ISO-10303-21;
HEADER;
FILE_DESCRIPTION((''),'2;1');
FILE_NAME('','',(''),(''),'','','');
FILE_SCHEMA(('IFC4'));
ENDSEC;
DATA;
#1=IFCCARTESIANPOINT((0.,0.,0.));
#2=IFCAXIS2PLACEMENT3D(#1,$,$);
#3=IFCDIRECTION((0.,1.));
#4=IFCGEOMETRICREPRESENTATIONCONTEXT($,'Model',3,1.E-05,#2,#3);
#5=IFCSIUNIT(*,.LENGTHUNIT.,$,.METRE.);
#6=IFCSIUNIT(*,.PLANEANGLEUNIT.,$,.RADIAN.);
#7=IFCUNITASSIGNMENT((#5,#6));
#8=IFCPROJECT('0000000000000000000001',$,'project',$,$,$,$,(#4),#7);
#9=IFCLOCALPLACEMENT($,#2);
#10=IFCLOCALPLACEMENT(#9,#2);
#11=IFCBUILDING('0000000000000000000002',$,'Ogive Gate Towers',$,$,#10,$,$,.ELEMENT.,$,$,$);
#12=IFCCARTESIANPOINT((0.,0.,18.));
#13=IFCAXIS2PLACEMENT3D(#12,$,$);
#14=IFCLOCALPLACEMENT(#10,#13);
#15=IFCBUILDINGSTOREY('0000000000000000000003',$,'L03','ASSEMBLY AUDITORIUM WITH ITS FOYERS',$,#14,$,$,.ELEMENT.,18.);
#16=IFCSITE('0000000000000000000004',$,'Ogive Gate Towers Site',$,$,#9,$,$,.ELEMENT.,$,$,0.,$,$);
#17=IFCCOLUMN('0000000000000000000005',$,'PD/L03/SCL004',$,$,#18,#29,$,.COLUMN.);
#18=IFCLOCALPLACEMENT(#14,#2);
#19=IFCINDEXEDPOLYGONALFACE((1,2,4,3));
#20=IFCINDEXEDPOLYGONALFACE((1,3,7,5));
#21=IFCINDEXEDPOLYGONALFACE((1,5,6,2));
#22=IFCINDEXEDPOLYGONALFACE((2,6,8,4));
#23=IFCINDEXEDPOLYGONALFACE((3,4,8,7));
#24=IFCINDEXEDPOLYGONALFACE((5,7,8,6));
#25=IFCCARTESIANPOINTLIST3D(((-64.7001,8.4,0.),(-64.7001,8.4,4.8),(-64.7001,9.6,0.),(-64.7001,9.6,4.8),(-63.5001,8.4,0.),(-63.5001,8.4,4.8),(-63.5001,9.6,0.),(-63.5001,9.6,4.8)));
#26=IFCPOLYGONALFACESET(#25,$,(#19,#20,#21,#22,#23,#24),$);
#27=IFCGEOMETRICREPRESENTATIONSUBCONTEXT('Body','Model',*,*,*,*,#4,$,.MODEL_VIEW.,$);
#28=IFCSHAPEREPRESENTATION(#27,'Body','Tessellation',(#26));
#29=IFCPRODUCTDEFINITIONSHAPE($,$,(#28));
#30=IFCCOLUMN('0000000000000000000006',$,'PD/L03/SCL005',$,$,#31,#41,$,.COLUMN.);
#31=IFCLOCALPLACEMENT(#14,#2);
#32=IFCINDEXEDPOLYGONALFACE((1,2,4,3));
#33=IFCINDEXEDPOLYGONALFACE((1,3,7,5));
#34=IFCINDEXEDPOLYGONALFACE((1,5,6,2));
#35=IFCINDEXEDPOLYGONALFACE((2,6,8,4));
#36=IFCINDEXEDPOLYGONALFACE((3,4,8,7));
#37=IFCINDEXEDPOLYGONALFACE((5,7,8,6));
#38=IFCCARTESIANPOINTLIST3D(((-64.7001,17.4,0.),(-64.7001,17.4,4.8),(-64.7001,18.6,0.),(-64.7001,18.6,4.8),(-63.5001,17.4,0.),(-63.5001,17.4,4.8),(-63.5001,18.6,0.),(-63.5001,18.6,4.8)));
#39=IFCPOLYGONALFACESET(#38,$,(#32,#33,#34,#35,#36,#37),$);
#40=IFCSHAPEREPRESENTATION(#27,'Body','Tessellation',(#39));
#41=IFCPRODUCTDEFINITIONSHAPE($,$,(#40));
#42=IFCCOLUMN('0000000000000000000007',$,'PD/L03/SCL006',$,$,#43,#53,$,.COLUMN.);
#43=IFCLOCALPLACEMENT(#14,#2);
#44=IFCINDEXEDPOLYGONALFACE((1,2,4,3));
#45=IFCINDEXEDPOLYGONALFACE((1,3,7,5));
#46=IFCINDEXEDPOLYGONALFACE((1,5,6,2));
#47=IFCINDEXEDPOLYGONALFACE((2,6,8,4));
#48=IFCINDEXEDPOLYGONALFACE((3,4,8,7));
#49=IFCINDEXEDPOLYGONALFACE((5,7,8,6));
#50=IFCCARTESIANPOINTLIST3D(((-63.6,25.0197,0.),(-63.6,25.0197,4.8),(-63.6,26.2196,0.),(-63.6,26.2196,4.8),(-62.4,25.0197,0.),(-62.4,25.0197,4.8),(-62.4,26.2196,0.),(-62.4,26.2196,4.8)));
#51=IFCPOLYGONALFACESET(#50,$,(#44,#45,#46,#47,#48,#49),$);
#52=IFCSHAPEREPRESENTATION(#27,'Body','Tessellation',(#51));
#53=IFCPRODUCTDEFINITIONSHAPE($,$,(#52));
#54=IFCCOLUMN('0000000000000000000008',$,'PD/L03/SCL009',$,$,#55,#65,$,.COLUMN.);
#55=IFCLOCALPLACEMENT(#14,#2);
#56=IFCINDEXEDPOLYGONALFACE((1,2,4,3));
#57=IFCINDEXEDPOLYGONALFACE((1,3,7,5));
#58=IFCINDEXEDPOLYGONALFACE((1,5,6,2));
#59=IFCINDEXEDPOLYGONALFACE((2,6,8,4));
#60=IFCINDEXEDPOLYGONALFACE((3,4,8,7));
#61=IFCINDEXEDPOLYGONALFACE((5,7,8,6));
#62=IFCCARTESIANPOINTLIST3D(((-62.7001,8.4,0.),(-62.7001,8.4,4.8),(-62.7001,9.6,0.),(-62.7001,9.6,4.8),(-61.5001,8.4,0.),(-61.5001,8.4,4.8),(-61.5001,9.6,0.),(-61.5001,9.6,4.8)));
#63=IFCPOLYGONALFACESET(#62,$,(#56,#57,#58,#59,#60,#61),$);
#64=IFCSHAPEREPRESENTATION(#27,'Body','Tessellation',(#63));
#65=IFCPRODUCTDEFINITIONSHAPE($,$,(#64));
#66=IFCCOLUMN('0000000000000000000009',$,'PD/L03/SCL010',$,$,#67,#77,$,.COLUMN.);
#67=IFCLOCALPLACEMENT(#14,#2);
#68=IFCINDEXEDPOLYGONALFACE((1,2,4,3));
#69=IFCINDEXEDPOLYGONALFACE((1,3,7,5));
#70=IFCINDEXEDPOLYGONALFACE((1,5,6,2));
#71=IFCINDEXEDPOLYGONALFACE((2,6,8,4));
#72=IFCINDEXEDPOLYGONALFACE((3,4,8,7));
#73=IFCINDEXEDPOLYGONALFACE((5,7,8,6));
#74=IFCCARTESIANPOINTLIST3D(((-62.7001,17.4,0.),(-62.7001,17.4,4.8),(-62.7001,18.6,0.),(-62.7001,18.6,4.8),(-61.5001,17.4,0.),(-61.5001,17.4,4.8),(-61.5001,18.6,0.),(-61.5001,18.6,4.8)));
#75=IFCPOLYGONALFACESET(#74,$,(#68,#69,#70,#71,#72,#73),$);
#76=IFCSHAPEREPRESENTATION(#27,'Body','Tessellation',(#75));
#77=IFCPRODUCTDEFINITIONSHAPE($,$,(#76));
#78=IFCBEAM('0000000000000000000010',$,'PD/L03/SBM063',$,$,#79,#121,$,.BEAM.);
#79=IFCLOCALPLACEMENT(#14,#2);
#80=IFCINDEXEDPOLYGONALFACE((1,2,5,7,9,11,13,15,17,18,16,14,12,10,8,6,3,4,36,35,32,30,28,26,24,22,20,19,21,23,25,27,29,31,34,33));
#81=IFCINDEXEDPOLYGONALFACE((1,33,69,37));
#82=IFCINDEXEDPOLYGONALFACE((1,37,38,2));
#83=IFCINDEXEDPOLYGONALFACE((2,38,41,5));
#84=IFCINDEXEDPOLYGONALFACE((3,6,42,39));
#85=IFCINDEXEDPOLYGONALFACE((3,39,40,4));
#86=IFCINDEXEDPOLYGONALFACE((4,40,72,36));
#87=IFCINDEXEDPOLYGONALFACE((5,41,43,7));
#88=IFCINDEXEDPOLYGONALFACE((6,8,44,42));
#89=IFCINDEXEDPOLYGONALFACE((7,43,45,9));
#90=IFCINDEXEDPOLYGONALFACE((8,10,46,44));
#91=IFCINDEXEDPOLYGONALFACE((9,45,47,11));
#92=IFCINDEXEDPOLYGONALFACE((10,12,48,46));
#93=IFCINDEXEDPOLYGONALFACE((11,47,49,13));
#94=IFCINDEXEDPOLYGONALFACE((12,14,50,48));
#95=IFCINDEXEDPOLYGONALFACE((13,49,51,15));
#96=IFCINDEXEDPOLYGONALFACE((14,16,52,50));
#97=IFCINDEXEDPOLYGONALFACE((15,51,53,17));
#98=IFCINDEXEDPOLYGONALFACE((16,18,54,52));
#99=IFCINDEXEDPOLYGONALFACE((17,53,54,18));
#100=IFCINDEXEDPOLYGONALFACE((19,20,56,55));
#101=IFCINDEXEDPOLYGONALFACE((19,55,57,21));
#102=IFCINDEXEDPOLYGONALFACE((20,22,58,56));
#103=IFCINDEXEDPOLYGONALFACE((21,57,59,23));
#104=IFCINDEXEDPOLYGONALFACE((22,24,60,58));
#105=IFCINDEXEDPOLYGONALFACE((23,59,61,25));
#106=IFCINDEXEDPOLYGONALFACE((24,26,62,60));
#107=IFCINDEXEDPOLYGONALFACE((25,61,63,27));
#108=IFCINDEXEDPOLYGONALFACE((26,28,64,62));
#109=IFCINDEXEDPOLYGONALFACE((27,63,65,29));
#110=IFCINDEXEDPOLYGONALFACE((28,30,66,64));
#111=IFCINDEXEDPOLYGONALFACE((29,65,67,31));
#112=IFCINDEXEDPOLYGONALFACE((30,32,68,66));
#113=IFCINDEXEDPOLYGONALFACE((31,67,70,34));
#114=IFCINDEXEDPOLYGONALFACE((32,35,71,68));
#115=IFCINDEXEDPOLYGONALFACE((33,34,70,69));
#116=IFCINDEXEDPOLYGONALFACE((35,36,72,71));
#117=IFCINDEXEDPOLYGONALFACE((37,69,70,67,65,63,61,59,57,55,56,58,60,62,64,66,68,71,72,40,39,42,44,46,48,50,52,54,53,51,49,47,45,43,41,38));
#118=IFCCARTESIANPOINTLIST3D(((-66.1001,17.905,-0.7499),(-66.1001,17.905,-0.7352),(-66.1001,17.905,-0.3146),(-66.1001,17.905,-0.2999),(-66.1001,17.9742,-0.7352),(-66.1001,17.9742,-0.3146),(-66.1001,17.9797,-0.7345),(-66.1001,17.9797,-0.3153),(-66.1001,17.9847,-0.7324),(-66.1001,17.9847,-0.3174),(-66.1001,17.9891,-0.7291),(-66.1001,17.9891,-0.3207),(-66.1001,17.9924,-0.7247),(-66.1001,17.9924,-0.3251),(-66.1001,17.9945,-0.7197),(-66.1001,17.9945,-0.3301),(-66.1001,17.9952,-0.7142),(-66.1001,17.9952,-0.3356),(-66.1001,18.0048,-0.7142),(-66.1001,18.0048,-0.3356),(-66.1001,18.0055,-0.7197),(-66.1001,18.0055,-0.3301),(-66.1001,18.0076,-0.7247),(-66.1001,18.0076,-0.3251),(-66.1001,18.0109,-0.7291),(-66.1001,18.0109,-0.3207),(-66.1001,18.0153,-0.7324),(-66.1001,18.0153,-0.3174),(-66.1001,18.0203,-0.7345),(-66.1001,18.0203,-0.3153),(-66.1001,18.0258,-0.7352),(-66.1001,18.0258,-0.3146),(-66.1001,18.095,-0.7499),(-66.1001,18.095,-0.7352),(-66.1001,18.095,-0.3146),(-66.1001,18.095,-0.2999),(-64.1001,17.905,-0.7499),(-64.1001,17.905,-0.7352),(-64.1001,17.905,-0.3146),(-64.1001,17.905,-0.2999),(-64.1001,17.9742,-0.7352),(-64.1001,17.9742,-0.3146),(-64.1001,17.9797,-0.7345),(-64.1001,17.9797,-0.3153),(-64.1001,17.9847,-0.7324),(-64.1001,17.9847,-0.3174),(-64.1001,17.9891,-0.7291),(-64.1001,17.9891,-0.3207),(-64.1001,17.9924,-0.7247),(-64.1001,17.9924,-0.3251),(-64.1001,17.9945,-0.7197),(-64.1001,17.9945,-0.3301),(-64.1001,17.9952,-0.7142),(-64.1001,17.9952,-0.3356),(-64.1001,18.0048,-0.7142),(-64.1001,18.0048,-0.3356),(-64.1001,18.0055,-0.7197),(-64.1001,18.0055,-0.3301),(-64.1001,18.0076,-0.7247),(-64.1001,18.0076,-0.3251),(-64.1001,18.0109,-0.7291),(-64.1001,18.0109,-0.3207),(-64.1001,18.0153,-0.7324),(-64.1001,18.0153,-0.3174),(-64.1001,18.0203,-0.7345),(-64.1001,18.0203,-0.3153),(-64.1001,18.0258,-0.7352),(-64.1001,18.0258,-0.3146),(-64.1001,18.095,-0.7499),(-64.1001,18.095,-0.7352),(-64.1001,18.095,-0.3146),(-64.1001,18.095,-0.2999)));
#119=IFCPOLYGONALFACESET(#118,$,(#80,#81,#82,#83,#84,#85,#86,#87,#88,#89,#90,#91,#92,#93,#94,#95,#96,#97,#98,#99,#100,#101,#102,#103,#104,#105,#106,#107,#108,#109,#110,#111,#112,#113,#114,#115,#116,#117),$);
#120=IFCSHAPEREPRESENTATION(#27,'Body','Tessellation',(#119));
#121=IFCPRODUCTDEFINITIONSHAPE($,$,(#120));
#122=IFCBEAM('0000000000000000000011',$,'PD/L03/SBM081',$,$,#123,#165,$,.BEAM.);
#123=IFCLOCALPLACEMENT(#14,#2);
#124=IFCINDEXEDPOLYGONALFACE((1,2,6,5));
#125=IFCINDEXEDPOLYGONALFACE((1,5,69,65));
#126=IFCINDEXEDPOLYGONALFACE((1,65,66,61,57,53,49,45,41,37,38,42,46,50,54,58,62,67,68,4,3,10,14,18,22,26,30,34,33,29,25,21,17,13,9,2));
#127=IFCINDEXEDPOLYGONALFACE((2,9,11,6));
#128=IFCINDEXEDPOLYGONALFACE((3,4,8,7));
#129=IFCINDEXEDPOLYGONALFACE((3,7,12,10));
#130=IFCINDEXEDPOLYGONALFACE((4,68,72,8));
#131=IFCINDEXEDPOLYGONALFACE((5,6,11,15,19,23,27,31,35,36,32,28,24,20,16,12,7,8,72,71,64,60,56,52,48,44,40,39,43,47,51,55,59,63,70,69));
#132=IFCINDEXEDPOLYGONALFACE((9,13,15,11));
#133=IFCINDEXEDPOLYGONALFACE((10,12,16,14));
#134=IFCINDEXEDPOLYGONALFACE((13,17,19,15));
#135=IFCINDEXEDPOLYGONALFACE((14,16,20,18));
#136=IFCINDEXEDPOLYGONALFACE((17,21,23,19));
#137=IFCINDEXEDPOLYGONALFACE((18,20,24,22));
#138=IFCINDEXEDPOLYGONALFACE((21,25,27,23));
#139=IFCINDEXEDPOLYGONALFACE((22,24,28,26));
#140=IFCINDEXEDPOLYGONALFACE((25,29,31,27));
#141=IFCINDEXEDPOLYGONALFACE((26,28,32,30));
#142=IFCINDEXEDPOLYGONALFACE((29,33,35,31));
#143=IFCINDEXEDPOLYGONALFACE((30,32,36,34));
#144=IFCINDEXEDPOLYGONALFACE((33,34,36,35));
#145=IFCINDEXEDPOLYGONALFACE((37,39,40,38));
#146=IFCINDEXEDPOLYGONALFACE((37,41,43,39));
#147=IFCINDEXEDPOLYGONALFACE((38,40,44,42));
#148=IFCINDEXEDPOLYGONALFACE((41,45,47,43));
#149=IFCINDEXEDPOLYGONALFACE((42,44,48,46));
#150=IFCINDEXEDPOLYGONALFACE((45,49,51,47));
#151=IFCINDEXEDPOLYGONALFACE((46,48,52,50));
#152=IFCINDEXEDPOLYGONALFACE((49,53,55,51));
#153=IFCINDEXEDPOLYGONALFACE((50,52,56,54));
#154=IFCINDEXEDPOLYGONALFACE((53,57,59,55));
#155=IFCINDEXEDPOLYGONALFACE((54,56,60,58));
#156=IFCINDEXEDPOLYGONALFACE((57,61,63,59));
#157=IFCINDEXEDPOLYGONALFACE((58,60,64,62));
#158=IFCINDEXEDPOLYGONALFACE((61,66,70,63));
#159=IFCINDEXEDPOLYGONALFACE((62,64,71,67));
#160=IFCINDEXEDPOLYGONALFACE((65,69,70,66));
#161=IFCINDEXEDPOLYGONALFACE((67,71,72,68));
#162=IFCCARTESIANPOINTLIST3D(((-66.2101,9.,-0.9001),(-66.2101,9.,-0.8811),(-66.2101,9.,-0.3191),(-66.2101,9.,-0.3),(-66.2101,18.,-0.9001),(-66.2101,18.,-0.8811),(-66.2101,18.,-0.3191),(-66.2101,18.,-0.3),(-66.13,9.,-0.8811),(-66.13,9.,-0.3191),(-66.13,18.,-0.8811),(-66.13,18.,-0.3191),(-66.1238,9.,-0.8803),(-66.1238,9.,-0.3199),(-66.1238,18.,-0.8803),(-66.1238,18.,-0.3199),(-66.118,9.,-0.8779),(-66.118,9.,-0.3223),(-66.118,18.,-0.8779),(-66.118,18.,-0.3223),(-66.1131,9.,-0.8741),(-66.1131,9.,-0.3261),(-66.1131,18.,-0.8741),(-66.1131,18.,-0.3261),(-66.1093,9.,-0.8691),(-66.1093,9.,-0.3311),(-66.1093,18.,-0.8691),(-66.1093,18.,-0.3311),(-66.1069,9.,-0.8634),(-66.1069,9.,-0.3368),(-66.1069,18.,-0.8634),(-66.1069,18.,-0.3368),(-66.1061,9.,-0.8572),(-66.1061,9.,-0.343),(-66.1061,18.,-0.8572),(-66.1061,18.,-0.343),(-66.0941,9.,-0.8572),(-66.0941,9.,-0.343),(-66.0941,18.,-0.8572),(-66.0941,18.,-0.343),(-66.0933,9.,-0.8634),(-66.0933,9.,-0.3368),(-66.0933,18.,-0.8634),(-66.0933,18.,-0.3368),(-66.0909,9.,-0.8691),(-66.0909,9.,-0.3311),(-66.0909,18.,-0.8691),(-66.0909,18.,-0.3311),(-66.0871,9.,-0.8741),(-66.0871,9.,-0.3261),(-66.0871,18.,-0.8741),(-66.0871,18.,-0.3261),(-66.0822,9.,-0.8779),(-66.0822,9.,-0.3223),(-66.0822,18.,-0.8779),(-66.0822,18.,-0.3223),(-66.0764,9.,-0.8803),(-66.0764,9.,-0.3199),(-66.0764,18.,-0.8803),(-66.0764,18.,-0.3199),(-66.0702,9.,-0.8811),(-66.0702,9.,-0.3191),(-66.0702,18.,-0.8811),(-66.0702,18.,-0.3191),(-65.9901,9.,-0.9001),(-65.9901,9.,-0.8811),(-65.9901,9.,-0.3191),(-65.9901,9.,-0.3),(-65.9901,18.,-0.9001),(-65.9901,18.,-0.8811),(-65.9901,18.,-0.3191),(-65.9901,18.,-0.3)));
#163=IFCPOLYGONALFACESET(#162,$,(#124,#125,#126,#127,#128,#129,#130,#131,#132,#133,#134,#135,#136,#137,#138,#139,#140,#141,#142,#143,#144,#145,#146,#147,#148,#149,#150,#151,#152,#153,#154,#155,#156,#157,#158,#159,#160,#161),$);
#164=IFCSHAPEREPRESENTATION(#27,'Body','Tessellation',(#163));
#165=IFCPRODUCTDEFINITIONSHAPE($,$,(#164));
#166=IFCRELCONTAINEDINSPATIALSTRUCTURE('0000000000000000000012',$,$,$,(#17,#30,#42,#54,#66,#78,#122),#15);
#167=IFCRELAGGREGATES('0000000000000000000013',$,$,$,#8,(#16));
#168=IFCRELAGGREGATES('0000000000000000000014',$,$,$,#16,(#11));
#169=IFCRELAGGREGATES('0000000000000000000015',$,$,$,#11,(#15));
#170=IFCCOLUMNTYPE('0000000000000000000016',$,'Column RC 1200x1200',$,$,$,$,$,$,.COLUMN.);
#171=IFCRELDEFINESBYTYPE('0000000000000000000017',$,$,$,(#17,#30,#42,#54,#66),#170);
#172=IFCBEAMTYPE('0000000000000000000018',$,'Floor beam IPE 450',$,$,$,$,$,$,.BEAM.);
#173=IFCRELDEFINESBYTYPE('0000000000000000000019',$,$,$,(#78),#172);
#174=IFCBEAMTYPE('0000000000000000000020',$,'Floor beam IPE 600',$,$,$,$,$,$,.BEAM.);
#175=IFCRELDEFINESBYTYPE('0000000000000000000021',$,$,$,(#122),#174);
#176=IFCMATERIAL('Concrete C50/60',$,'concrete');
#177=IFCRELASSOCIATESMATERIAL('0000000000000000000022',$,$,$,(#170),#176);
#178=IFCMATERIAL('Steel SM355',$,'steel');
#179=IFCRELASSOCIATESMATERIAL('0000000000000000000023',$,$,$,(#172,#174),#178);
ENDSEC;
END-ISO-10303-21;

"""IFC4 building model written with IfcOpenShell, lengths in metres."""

from ifc_helpers import new_model, si_unit, direction, frame, origin, origin_2d, place, context, subcontext, project, spatial, rectangle, i_section, extrude, material, material_profile, profile_set, type_object, element, save


model = new_model("IFC4")

# Units and contexts
model_context = context("Model", 3, precision=1e-05, world=origin(), true_north=direction((0.0, 1.0)))
body_context = subcontext(model_context, "Body", "Model", "MODEL_VIEW")
ifc_project = project(units=[si_unit("LENGTHUNIT", "METRE"), si_unit("PLANEANGLEUNIT", "RADIAN")], contexts=[model_context])

# Site, building, storey
site_placement = place(None, origin())
site = spatial("IfcSite", under=ifc_project, at=site_placement, Name="Ogive Gate Towers Site", CompositionType="ELEMENT", RefElevation=0.0)
building_placement = place(site_placement, origin())
building = spatial("IfcBuilding", under=site, at=building_placement, Name="Ogive Gate Towers", CompositionType="ELEMENT")
storey_placement = place(building_placement, frame((0.0, 0.0, 18.0)))
storey = spatial("IfcBuildingStorey", under=building, at=storey_placement, Name="L03", Description="ASSEMBLY AUDITORIUM WITH ITS FOYERS", CompositionType="ELEMENT", Elevation=18.0)

# Columns
ifc_material_1 = material(Name="Concrete C50/60", Category="concrete")
ifc_material_profile_1 = material_profile(ifc_material_1, rectangle(XDim=1.2, YDim=1.2, at=origin_2d()), Name="RC 1200x1200")
ifc_profile_set_1 = profile_set([ifc_material_profile_1], Name="Concrete C50/60")
column_type = type_object("IfcColumnType", Name="Column RC 1200x1200", PredefinedType="COLUMN", material=ifc_profile_set_1)
for number, where, z_axis, x_axis, name in (
    (1, (-64.1001, 9.0, 0.0), (0.0, 0.0, 1.0), (1.0, 0.0, 0.0), "PD/L03/SCL004"),
    (2, (-64.1001, 18.0, 0.0), (0.0, 0.0, 1.0), (1.0, 0.0, 0.0), "PD/L03/SCL005"),
    (3, (-63.0, 25.6196, 0.0), (0.0, 0.0, 1.0), (1.0, 0.0, 0.0), "PD/L03/SCL006"),
    (4, (-62.1001, 9.0, 0.0), (0.0, 0.0, 1.0), (1.0, 0.0, 0.0), "PD/L03/SCL009"),
    (5, (-62.1001, 18.0, 0.0), (0.0, 0.0, 1.0), (1.0, 0.0, 0.0), "PD/L03/SCL010"),
):
    element("IfcColumn", number, at=place(storey_placement, frame(where, z_axis=z_axis, x_axis=x_axis)), inside=storey, type_object=column_type, Name=name, PredefinedType="COLUMN", context=body_context, shape_type="SweptSolid", body=[
        extrude(rectangle(XDim=1.2, YDim=1.2, at=origin_2d()), origin(), (0.0, 0.0, 1.0), 4.8),
    ])

# Beams
ifc_material_2 = material(Name="Steel SM355", Category="steel")
ifc_material_profile_2 = material_profile(ifc_material_2, i_section(OverallWidth=0.1899, OverallDepth=0.45, WebThickness=0.0095, FlangeThickness=0.0146, FilletRadius=0.021, at=origin_2d()), Name="IPE 450")
ifc_profile_set_2 = profile_set([ifc_material_profile_2], Name="Steel SM355")
beam_type_1 = type_object("IfcBeamType", Name="Floor beam IPE 450", PredefinedType="BEAM", material=ifc_profile_set_2)
beam_1_placement = place(storey_placement, frame((-66.1001, 18.0, -0.5249), z_axis=(1.0, 0.0, 0.0), x_axis=(0.0, 1.0, 0.0)))
element("IfcBeam", 6, at=beam_1_placement, inside=storey, type_object=beam_type_1, Name="PD/L03/SBM063", PredefinedType="BEAM", context=body_context, shape_type="SweptSolid", body=[
    extrude(i_section(OverallWidth=0.1899, OverallDepth=0.45, WebThickness=0.0095, FlangeThickness=0.0146, FilletRadius=0.021, at=origin_2d()), origin(), (0.0, 0.0, 1.0), 2.0),
])
ifc_material_profile_3 = material_profile(ifc_material_2, i_section(OverallWidth=0.22, OverallDepth=0.6001, WebThickness=0.012, FlangeThickness=0.019, FilletRadius=0.0239, at=origin_2d()), Name="IPE 600")
ifc_profile_set_3 = profile_set([ifc_material_profile_3], Name="Steel SM355")
beam_type_2 = type_object("IfcBeamType", Name="Floor beam IPE 600", PredefinedType="BEAM", material=ifc_profile_set_3)
beam_2_placement = place(storey_placement, frame((-66.1001, 9.0, -0.6001), z_axis=(0.0, 1.0, 0.0), x_axis=(-1.0, 0.0, 0.0)))
element("IfcBeam", 7, at=beam_2_placement, inside=storey, type_object=beam_type_2, Name="PD/L03/SBM081", PredefinedType="BEAM", context=body_context, shape_type="SweptSolid", body=[
    extrude(i_section(OverallWidth=0.22, OverallDepth=0.6001, WebThickness=0.012, FlangeThickness=0.019, FilletRadius=0.0239, at=origin_2d()), origin(), (0.0, 0.0, 1.0), 9.0),
])

save(model, "model.ifc")
